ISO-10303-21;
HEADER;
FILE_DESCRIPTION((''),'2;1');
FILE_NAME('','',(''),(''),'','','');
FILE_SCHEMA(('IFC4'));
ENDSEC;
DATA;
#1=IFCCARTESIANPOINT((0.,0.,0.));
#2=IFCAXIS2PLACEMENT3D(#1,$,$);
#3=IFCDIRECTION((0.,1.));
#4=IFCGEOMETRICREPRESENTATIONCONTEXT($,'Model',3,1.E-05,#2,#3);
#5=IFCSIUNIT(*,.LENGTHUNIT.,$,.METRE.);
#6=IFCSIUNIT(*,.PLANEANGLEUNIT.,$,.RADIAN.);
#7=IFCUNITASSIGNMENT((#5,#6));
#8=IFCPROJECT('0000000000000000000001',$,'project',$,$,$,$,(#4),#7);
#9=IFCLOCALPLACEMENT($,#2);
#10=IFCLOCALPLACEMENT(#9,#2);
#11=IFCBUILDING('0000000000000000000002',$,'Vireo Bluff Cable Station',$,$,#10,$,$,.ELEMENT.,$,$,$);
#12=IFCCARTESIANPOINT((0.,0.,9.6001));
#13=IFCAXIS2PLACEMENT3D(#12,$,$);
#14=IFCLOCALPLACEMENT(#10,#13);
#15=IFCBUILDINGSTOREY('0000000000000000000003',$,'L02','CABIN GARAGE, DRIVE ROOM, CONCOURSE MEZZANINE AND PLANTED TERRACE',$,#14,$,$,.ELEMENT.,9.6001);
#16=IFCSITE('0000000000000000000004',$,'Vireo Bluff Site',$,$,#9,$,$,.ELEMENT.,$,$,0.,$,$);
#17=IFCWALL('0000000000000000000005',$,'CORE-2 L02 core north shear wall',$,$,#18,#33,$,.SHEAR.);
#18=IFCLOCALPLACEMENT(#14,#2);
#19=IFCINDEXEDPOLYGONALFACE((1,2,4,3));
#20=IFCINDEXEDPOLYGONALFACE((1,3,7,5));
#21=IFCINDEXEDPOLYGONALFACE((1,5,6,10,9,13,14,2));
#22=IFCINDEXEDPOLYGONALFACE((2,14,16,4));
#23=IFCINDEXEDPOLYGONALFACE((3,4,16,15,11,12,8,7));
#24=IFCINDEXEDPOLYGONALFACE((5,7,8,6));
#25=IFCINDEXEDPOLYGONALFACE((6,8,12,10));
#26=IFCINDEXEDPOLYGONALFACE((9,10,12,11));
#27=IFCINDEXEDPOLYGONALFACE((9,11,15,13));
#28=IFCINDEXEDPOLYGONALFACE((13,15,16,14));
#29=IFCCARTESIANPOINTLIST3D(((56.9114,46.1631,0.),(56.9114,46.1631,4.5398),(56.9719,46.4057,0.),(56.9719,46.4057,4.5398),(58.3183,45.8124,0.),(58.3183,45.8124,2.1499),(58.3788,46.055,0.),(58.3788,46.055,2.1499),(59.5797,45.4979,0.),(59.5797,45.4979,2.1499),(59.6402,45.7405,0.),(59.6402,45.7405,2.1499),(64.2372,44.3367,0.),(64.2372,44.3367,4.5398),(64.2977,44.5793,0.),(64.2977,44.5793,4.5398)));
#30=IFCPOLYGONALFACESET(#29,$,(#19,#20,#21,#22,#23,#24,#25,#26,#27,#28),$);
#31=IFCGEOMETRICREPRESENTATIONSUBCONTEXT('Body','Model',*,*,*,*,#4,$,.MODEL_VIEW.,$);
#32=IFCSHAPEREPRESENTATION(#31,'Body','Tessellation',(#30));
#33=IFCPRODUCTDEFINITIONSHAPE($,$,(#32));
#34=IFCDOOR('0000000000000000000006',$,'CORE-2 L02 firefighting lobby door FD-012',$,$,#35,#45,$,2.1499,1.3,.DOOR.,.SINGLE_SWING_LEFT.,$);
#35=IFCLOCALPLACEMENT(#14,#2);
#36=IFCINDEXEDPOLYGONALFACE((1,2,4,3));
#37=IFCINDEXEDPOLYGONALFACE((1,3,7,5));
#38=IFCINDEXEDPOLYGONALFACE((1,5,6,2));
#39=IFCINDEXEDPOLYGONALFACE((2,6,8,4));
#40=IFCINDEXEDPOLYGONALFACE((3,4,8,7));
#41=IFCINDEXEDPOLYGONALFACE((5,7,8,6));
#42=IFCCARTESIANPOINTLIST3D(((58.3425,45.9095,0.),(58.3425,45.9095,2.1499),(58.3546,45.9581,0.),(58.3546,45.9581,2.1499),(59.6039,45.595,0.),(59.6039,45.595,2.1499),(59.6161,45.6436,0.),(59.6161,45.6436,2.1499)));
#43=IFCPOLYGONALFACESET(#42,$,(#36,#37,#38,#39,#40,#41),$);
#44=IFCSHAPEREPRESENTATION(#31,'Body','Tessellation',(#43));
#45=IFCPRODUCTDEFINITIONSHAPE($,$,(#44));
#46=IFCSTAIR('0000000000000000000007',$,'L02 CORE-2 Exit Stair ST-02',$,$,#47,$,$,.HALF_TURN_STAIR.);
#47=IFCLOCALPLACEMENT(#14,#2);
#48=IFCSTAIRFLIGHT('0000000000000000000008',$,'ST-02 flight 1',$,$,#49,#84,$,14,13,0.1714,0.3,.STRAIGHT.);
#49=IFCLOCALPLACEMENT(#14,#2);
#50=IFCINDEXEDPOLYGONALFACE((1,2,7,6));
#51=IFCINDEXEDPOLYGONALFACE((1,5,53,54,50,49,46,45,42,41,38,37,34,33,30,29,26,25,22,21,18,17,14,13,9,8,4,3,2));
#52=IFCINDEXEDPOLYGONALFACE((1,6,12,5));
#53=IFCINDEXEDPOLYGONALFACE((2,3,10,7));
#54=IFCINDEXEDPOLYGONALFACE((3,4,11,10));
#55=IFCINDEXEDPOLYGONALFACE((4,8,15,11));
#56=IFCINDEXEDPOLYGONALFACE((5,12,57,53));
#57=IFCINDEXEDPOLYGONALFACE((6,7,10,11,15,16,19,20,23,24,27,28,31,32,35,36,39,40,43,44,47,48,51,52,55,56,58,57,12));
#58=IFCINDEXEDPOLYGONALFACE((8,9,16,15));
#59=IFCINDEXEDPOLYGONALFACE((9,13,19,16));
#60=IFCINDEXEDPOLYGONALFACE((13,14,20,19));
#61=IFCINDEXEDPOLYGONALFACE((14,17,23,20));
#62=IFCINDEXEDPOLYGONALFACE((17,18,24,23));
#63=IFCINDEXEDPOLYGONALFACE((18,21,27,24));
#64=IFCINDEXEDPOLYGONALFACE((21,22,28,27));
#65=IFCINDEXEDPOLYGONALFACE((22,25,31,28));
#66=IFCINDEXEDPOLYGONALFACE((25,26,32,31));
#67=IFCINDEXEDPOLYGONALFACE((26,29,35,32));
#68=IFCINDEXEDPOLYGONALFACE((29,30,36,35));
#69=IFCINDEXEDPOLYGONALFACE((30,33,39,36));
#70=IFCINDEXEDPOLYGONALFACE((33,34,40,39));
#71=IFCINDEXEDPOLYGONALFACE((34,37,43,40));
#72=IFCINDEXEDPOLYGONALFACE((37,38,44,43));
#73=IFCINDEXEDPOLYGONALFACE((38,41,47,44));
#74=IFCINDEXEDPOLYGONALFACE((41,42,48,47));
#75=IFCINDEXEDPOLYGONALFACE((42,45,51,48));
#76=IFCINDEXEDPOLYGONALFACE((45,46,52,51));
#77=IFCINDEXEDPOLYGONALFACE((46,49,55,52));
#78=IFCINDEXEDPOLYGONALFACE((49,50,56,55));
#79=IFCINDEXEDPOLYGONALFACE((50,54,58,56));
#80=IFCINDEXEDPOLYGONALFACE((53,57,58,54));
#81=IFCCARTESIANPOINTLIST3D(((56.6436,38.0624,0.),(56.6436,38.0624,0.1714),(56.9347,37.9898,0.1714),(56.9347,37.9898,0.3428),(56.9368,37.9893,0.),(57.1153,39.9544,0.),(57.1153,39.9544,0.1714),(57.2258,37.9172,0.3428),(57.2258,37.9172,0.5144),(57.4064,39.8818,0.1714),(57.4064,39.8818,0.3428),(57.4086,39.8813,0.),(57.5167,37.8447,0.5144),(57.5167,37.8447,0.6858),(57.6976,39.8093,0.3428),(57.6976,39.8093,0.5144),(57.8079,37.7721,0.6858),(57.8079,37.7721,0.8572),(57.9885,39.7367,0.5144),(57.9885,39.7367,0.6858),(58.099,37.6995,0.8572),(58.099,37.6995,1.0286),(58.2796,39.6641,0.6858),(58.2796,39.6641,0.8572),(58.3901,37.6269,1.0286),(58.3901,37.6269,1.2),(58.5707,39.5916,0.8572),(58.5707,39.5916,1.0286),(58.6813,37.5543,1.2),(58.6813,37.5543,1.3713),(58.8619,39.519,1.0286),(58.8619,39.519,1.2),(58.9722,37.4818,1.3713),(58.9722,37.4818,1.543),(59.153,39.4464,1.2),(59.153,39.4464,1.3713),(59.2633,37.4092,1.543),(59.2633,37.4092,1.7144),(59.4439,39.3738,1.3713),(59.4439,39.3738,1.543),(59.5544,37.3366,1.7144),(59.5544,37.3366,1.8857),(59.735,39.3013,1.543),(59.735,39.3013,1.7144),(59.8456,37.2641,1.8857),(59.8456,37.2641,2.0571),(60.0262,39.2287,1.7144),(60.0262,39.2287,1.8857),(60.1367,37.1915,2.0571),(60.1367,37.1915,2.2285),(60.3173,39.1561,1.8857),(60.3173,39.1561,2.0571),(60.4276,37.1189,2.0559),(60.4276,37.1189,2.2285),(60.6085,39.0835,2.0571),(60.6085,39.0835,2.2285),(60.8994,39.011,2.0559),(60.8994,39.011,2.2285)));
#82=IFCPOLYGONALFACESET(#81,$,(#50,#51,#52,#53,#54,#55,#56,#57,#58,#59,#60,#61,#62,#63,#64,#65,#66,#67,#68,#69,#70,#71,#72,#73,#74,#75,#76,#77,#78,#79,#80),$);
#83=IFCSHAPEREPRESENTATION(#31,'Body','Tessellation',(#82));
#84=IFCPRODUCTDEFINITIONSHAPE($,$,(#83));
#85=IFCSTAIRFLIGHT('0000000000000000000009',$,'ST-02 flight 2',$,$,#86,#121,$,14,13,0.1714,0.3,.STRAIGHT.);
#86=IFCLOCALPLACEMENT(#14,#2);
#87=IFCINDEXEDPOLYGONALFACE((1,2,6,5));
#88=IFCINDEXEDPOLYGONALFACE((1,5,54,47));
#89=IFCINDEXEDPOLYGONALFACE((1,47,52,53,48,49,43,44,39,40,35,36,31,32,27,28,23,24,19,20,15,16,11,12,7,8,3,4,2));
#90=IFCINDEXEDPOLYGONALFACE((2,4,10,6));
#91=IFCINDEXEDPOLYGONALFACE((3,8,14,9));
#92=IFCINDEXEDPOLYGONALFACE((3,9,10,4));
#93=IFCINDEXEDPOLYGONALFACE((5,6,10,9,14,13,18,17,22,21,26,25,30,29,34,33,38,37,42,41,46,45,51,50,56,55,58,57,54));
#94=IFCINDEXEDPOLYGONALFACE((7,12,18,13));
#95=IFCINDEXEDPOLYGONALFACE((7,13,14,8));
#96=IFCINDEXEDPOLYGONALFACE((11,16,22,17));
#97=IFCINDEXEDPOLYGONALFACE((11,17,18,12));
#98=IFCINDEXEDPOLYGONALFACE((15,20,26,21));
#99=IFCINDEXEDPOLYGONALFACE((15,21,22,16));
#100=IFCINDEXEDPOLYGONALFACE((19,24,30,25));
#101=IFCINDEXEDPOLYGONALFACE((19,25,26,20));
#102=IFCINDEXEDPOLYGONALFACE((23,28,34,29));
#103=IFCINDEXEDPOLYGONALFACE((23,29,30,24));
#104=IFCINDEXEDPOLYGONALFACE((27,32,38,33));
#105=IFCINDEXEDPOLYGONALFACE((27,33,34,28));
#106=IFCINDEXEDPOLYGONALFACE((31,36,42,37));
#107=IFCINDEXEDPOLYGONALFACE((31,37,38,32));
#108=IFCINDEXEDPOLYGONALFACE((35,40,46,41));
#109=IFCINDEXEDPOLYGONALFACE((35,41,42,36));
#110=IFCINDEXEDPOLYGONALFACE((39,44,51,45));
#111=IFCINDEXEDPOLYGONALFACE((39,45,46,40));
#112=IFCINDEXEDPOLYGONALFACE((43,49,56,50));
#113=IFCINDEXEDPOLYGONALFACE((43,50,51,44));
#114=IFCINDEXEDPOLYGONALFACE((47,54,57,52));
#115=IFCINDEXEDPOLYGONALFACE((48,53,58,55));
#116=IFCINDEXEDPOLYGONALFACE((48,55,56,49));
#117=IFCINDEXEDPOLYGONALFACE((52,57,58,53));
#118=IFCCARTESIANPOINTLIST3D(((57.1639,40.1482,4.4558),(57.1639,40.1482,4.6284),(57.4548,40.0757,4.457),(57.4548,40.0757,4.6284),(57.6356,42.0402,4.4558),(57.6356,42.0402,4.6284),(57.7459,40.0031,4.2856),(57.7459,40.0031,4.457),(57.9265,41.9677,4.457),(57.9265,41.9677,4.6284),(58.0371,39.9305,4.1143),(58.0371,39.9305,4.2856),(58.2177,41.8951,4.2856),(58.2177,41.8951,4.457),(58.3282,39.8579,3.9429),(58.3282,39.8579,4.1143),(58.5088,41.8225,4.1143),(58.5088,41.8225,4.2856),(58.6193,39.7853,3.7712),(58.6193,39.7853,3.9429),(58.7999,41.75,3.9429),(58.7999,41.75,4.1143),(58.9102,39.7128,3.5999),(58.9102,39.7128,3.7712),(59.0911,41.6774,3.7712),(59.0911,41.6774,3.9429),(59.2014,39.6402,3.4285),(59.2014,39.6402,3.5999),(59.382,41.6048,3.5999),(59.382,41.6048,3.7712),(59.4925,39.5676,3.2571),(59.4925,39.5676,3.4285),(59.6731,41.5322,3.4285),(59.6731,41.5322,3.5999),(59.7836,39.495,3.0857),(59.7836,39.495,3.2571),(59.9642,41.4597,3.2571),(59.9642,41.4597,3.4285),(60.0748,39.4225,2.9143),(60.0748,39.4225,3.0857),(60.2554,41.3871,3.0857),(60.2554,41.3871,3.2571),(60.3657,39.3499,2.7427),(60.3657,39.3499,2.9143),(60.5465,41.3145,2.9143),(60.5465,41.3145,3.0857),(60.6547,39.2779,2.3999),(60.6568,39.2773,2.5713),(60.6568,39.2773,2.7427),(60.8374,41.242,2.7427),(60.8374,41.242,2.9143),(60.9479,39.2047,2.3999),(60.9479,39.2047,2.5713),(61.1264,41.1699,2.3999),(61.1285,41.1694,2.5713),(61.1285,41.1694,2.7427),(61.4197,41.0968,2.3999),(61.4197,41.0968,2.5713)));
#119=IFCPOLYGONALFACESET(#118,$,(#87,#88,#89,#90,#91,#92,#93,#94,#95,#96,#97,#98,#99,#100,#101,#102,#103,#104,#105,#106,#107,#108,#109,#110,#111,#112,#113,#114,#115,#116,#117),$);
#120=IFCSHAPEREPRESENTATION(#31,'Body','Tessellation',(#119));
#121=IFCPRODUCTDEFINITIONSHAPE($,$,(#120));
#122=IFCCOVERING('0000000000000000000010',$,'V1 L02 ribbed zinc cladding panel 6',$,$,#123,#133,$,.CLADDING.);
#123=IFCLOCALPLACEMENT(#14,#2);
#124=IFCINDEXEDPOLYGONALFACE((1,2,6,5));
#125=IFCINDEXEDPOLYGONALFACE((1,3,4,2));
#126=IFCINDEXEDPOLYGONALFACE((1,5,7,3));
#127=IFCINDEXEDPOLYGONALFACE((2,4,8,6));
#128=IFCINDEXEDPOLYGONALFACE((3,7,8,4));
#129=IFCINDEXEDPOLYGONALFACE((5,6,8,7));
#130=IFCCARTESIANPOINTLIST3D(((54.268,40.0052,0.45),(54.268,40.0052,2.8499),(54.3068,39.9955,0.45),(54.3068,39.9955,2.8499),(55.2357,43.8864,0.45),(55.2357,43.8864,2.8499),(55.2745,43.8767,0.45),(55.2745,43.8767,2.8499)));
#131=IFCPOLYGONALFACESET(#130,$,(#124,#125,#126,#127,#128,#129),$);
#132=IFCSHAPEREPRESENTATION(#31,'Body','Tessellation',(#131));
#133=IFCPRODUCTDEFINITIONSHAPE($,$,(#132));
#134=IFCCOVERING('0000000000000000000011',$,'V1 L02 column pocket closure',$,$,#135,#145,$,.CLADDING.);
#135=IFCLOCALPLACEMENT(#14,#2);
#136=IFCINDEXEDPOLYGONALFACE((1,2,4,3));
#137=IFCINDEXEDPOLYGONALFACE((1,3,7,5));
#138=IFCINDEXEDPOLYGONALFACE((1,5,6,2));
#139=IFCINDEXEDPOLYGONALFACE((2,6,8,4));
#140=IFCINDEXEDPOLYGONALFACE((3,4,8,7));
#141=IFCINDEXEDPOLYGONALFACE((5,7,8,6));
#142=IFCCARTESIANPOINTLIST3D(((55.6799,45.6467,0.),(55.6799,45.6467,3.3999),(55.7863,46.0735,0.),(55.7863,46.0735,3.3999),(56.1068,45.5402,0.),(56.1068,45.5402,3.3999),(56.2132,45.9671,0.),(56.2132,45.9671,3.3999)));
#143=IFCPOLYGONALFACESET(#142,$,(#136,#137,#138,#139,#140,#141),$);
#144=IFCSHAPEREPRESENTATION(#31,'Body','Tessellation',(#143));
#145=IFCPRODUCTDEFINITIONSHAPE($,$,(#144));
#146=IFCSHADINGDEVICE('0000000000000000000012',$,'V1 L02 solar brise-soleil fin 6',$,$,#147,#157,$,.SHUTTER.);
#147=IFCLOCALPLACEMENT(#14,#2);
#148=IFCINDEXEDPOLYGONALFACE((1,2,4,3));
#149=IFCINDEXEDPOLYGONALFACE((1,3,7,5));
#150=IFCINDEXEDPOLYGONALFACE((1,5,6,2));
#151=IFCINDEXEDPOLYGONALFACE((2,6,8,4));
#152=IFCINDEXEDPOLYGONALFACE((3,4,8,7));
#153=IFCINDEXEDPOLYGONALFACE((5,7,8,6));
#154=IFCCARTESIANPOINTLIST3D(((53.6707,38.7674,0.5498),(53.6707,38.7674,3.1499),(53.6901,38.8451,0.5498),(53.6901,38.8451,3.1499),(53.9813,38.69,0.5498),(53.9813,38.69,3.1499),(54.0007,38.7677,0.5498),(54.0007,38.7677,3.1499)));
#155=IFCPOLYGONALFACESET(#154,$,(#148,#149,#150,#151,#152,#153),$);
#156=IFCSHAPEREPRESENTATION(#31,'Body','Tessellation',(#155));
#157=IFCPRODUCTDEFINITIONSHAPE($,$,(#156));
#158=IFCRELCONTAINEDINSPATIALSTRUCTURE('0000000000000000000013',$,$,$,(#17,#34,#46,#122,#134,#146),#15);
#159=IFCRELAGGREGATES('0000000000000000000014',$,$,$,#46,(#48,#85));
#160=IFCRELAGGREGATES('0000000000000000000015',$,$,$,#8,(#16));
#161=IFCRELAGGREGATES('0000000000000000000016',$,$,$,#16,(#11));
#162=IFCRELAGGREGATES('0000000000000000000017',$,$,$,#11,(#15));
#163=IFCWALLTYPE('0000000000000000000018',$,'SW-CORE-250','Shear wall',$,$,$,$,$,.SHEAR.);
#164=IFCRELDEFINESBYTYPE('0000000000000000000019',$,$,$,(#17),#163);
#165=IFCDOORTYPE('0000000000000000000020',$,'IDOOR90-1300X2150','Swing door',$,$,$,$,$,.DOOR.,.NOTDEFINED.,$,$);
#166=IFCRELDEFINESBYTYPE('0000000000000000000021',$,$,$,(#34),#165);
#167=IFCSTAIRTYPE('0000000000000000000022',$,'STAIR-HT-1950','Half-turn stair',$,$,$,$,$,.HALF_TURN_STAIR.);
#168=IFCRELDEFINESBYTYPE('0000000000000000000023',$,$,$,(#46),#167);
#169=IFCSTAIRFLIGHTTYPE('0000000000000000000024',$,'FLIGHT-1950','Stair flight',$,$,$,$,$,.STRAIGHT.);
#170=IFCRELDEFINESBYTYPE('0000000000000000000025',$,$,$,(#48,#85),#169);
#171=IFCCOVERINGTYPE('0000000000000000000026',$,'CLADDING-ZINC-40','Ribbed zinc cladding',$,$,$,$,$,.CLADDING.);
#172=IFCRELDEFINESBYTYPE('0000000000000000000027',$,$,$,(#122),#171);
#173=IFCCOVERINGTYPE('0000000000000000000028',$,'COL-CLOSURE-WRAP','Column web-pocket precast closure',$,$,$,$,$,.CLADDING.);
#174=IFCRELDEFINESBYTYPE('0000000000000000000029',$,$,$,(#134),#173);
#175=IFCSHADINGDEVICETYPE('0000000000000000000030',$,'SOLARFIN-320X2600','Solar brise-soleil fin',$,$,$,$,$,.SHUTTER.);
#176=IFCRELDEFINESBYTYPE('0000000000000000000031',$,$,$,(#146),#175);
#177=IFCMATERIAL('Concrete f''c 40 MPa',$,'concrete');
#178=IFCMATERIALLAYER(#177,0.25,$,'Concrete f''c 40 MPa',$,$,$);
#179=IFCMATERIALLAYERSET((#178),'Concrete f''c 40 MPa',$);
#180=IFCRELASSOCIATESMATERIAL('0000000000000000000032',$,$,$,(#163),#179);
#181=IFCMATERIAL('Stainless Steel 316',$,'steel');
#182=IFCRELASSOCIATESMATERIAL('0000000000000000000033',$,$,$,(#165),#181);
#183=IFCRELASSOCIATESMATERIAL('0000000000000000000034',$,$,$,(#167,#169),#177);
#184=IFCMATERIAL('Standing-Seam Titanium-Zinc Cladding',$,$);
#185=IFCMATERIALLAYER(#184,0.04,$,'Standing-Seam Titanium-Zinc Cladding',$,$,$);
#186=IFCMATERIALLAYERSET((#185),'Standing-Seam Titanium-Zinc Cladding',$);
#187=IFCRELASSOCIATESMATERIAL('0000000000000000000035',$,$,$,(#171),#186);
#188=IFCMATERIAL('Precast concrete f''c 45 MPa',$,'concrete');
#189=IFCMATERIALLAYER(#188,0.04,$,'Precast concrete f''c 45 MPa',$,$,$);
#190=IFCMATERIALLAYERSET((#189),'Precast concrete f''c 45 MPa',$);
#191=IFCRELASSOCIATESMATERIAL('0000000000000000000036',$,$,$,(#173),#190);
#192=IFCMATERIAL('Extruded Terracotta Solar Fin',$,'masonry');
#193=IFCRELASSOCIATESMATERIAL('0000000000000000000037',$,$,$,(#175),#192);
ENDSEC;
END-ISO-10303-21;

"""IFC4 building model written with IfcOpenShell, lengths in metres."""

from ifc_helpers import new_model, si_unit, direction, frame, frame_2d, origin, origin_with_axes, origin_2d, place, context, subcontext, project, spatial, polyline, rectangle, outline, extrude, material, layer, layer_set, type_object, element, fill, aggregate, save


model = new_model("IFC4")

# Units and contexts
model_context = context("Model", 3, precision=1e-05, world=origin(), true_north=direction((0.0, 1.0)))
body_context = subcontext(model_context, "Body", "Model", "MODEL_VIEW")
ifc_project = project(units=[si_unit("LENGTHUNIT", "METRE"), si_unit("PLANEANGLEUNIT", "RADIAN")], contexts=[model_context])

# Site, building, storey
site_placement = place(None, origin())
site = spatial("IfcSite", under=ifc_project, at=site_placement, Name="Vireo Bluff Site", CompositionType="ELEMENT", RefElevation=0.0)
building_placement = place(site_placement, origin())
building = spatial("IfcBuilding", under=site, at=building_placement, Name="Vireo Bluff Cable Station", CompositionType="ELEMENT")
storey_placement = place(building_placement, frame((0.0, 0.0, 9.6001)))
storey = spatial("IfcBuildingStorey", under=building, at=storey_placement, Name="L02", Description="CABIN GARAGE, DRIVE ROOM, CONCOURSE MEZZANINE AND PLANTED TERRACE", CompositionType="ELEMENT", Elevation=9.6001)

# Wall, opening, door
ifc_material_1 = material(Name="Concrete f'c 40 MPa", Category="concrete")
ifc_layer_1 = layer(ifc_material_1, 0.25, Name="Concrete f'c 40 MPa")
ifc_layer_set_1 = layer_set([ifc_layer_1], Name="Concrete f'c 40 MPa")
wall_type = type_object("IfcWallType", Name="SW-CORE-250", Description="Shear wall", PredefinedType="SHEAR", material=ifc_layer_set_1)
ifc_material_2 = material(Name="Stainless Steel 316", Category="steel")
wall_1_placement = place(storey_placement, frame((64.2673, 44.458, 0.0), z_axis=(0.0, 0.0, 1.0), x_axis=(-0.970298, 0.241912, 0.0)))
wall_1 = element("IfcWall", 1, at=wall_1_placement, inside=storey, type_object=wall_type, Name="CORE-2 L02 core north shear wall", PredefinedType="SHEAR", context=body_context, shape_type="SweptSolid", body=[
    extrude(rectangle(XDim=7.55, YDim=0.25, at=frame_2d((3.7749, 0.0))), origin(), (0.0, 0.0, 1.0), 4.5398),
])
opening_1_placement = place(wall_1_placement, frame((4.8, 0.0, 0.0)))
opening_1 = element("IfcOpeningElement", 2, at=opening_1_placement, cuts=wall_1, PredefinedType="OPENING", context=body_context, shape_type="SweptSolid", body=[
    extrude(rectangle(XDim=1.3, YDim=2.1499, at=frame_2d((0.6499, 1.075))), frame((0.0, 0.135, 0.0), z_axis=(0.0, -1.0, 0.0), x_axis=(1.0, 0.0, 0.0)), (0.0, 0.0, 1.0), 0.27),
])
door_type_1 = type_object("IfcDoorType", Name="IDOOR90-1300X2150", Description="Swing door", OperationType="NOTDEFINED", PredefinedType="DOOR", material=ifc_material_2)
door_1_placement = place(opening_1_placement, origin_with_axes())
door_1 = element("IfcDoor", 3, at=door_1_placement, inside=storey, type_object=door_type_1, Name="CORE-2 L02 firefighting lobby door FD-012", OperationType="SINGLE_SWING_LEFT", OverallHeight=2.1499, OverallWidth=1.3, PredefinedType="DOOR", context=body_context, shape_type="SweptSolid", body=[
    extrude(rectangle(XDim=1.3, YDim=2.1499, at=frame_2d((0.6499, 1.075))), frame((0.0, 0.0249, 0.0), z_axis=(0.0, -1.0, 0.0), x_axis=(1.0, 0.0, 0.0)), (0.0, 0.0, 1.0), 0.05),
])
fill(opening_1, door_1)

# Stair, stair flights
stair_type = type_object("IfcStairType", Name="STAIR-HT-1950", Description="Half-turn stair", PredefinedType="HALF_TURN_STAIR", material=ifc_material_1)
stair_placement = place(storey_placement, origin())
stair = element("IfcStair", 4, at=stair_placement, inside=storey, type_object=stair_type, Name="L02 CORE-2 Exit Stair ST-02", PredefinedType="HALF_TURN_STAIR")
stair_flight_type = type_object("IfcStairFlightType", Name="FLIGHT-1950", Description="Stair flight", PredefinedType="STRAIGHT", material=ifc_material_1)
stair_flight_1_placement = place(storey_placement, frame((56.8794, 39.0083, 0.0), z_axis=(0.0, 0.0, 1.0), x_axis=(0.970296, -0.241922, 0.0)))
stair_flight_1 = element("IfcStairFlight", 5, at=stair_flight_1_placement, type_object=stair_flight_type, Name="ST-02 flight 1", NumberOfRisers=14, NumberOfTreads=13, PredefinedType="STRAIGHT", RiserHeight=0.1714, TreadLength=0.3, context=body_context, shape_type="SweptSolid", body=[
    extrude(outline(polyline([(0.0, 0.0), (0.0, 0.1714), (0.3, 0.1714), (0.3, 0.3428), (0.6001, 0.3428), (0.6001, 0.5144), (0.8999, 0.5144), (0.8999, 0.6858), (1.2, 0.6858), (1.2, 0.8572), (1.5, 0.8572), (1.5, 1.0286), (1.8, 1.0286), (1.8, 1.2), (2.1001, 1.2), (2.1001, 1.3713), (2.3999, 1.3713), (2.3999, 1.543), (2.7, 1.543), (2.7, 1.7144), (3.0, 1.7144), (3.0, 1.8857), (3.3, 1.8857), (3.3, 2.0571), (3.6001, 2.0571), (3.6001, 2.2285), (3.8999, 2.2285), (3.8999, 2.3999), (3.8999, 2.0559), (0.3022, 0.0), (0.0, 0.0)])), frame((0.0, 0.9751, 0.0), z_axis=(0.0, -1.0, 0.0), x_axis=(1.0, 0.0, 0.0)), (0.0, 0.0, 1.0), 1.95),
])
stair_flight_2_placement = place(storey_placement, frame((61.1838, 40.1509, 2.3999), z_axis=(0.0, 0.0, 1.0), x_axis=(-0.970296, 0.241922, 0.0)))
stair_flight_2 = element("IfcStairFlight", 6, at=stair_flight_2_placement, type_object=stair_flight_type, Name="ST-02 flight 2", NumberOfRisers=14, NumberOfTreads=13, PredefinedType="STRAIGHT", RiserHeight=0.1714, TreadLength=0.3, context=body_context, shape_type="SweptSolid", body=[
    extrude(outline(polyline([(0.0, 0.0), (0.0, 0.1714), (0.3, 0.1714), (0.3, 0.3428), (0.6001, 0.3428), (0.6001, 0.5144), (0.8999, 0.5144), (0.8999, 0.6858), (1.2, 0.6858), (1.2, 0.8572), (1.5, 0.8572), (1.5, 1.0286), (1.8, 1.0286), (1.8, 1.2), (2.1001, 1.2), (2.1001, 1.3713), (2.3999, 1.3713), (2.3999, 1.543), (2.7, 1.543), (2.7, 1.7144), (3.0, 1.7144), (3.0, 1.8857), (3.3, 1.8857), (3.3, 2.0571), (3.6001, 2.0571), (3.6001, 2.2285), (3.8999, 2.2285), (3.8999, 2.3999), (3.8999, 2.0559), (0.3022, 0.0), (0.0, 0.0)])), frame((0.0, 0.9751, 0.0), z_axis=(0.0, -1.0, 0.0), x_axis=(1.0, 0.0, 0.0)), (0.0, 0.0, 1.0), 1.95),
])
aggregate(stair, [stair_flight_1, stair_flight_2])

# Coverings
ifc_material_3 = material(Name="Standing-Seam Titanium-Zinc Cladding")
ifc_layer_2 = layer(ifc_material_3, 0.04, Name="Standing-Seam Titanium-Zinc Cladding")
ifc_layer_set_2 = layer_set([ifc_layer_2], Name="Standing-Seam Titanium-Zinc Cladding")
covering_type_1 = type_object("IfcCoveringType", Name="CLADDING-ZINC-40", Description="Ribbed zinc cladding", PredefinedType="CLADDING", material=ifc_layer_set_2)
covering_1_placement = place(storey_placement, frame((54.7712, 41.9409, 0.45), z_axis=(0.0, 0.0, 1.0), x_axis=(0.241922, 0.970296, 0.0)))
element("IfcCovering", 7, at=covering_1_placement, inside=storey, type_object=covering_type_1, Name="V1 L02 ribbed zinc cladding panel 6", PredefinedType="CLADDING", context=body_context, shape_type="SweptSolid", body=[
    extrude(rectangle(XDim=4.0, YDim=0.04, at=origin_2d()), origin(), (0.0, 0.0, 1.0), 2.3999),
])
ifc_material_4 = material(Name="Precast concrete f'c 45 MPa", Category="concrete")
ifc_layer_3 = layer(ifc_material_4, 0.04, Name="Precast concrete f'c 45 MPa")
ifc_layer_set_3 = layer_set([ifc_layer_3], Name="Precast concrete f'c 45 MPa")
covering_type_2 = type_object("IfcCoveringType", Name="COL-CLOSURE-WRAP", Description="Column web-pocket precast closure", PredefinedType="CLADDING", material=ifc_layer_set_3)
covering_2_placement = place(storey_placement, frame((55.9465, 45.8069, 0.0), z_axis=(0.0, 0.0, 1.0), x_axis=(0.970296, -0.241922, 0.0)))
element("IfcCovering", 8, at=covering_2_placement, inside=storey, type_object=covering_type_2, Name="V1 L02 column pocket closure", PredefinedType="CLADDING", context=body_context, shape_type="SweptSolid", body=[
    extrude(rectangle(XDim=0.4399, YDim=0.4399, at=origin_2d()), origin(), (0.0, 0.0, 1.0), 3.3999),
])

# Shading device
ifc_material_5 = material(Name="Extruded Terracotta Solar Fin", Category="masonry")
shading_device_type = type_object("IfcShadingDeviceType", Name="SOLARFIN-320X2600", Description="Solar brise-soleil fin", PredefinedType="SHUTTER", material=ifc_material_5)
shading_device_placement = place(storey_placement, frame((53.8357, 38.7676, 0.5498), z_axis=(0.0, 0.0, 1.0), x_axis=(0.241922, 0.970296, 0.0)))
element("IfcShadingDevice", 9, at=shading_device_placement, inside=storey, type_object=shading_device_type, Name="V1 L02 solar brise-soleil fin 6", PredefinedType="SHUTTER", context=body_context, shape_type="SweptSolid", body=[
    extrude(rectangle(XDim=0.0801, YDim=0.3201, at=origin_2d()), origin(), (0.0, 0.0, 1.0), 2.6001),
])

save(model, "model.ifc")
